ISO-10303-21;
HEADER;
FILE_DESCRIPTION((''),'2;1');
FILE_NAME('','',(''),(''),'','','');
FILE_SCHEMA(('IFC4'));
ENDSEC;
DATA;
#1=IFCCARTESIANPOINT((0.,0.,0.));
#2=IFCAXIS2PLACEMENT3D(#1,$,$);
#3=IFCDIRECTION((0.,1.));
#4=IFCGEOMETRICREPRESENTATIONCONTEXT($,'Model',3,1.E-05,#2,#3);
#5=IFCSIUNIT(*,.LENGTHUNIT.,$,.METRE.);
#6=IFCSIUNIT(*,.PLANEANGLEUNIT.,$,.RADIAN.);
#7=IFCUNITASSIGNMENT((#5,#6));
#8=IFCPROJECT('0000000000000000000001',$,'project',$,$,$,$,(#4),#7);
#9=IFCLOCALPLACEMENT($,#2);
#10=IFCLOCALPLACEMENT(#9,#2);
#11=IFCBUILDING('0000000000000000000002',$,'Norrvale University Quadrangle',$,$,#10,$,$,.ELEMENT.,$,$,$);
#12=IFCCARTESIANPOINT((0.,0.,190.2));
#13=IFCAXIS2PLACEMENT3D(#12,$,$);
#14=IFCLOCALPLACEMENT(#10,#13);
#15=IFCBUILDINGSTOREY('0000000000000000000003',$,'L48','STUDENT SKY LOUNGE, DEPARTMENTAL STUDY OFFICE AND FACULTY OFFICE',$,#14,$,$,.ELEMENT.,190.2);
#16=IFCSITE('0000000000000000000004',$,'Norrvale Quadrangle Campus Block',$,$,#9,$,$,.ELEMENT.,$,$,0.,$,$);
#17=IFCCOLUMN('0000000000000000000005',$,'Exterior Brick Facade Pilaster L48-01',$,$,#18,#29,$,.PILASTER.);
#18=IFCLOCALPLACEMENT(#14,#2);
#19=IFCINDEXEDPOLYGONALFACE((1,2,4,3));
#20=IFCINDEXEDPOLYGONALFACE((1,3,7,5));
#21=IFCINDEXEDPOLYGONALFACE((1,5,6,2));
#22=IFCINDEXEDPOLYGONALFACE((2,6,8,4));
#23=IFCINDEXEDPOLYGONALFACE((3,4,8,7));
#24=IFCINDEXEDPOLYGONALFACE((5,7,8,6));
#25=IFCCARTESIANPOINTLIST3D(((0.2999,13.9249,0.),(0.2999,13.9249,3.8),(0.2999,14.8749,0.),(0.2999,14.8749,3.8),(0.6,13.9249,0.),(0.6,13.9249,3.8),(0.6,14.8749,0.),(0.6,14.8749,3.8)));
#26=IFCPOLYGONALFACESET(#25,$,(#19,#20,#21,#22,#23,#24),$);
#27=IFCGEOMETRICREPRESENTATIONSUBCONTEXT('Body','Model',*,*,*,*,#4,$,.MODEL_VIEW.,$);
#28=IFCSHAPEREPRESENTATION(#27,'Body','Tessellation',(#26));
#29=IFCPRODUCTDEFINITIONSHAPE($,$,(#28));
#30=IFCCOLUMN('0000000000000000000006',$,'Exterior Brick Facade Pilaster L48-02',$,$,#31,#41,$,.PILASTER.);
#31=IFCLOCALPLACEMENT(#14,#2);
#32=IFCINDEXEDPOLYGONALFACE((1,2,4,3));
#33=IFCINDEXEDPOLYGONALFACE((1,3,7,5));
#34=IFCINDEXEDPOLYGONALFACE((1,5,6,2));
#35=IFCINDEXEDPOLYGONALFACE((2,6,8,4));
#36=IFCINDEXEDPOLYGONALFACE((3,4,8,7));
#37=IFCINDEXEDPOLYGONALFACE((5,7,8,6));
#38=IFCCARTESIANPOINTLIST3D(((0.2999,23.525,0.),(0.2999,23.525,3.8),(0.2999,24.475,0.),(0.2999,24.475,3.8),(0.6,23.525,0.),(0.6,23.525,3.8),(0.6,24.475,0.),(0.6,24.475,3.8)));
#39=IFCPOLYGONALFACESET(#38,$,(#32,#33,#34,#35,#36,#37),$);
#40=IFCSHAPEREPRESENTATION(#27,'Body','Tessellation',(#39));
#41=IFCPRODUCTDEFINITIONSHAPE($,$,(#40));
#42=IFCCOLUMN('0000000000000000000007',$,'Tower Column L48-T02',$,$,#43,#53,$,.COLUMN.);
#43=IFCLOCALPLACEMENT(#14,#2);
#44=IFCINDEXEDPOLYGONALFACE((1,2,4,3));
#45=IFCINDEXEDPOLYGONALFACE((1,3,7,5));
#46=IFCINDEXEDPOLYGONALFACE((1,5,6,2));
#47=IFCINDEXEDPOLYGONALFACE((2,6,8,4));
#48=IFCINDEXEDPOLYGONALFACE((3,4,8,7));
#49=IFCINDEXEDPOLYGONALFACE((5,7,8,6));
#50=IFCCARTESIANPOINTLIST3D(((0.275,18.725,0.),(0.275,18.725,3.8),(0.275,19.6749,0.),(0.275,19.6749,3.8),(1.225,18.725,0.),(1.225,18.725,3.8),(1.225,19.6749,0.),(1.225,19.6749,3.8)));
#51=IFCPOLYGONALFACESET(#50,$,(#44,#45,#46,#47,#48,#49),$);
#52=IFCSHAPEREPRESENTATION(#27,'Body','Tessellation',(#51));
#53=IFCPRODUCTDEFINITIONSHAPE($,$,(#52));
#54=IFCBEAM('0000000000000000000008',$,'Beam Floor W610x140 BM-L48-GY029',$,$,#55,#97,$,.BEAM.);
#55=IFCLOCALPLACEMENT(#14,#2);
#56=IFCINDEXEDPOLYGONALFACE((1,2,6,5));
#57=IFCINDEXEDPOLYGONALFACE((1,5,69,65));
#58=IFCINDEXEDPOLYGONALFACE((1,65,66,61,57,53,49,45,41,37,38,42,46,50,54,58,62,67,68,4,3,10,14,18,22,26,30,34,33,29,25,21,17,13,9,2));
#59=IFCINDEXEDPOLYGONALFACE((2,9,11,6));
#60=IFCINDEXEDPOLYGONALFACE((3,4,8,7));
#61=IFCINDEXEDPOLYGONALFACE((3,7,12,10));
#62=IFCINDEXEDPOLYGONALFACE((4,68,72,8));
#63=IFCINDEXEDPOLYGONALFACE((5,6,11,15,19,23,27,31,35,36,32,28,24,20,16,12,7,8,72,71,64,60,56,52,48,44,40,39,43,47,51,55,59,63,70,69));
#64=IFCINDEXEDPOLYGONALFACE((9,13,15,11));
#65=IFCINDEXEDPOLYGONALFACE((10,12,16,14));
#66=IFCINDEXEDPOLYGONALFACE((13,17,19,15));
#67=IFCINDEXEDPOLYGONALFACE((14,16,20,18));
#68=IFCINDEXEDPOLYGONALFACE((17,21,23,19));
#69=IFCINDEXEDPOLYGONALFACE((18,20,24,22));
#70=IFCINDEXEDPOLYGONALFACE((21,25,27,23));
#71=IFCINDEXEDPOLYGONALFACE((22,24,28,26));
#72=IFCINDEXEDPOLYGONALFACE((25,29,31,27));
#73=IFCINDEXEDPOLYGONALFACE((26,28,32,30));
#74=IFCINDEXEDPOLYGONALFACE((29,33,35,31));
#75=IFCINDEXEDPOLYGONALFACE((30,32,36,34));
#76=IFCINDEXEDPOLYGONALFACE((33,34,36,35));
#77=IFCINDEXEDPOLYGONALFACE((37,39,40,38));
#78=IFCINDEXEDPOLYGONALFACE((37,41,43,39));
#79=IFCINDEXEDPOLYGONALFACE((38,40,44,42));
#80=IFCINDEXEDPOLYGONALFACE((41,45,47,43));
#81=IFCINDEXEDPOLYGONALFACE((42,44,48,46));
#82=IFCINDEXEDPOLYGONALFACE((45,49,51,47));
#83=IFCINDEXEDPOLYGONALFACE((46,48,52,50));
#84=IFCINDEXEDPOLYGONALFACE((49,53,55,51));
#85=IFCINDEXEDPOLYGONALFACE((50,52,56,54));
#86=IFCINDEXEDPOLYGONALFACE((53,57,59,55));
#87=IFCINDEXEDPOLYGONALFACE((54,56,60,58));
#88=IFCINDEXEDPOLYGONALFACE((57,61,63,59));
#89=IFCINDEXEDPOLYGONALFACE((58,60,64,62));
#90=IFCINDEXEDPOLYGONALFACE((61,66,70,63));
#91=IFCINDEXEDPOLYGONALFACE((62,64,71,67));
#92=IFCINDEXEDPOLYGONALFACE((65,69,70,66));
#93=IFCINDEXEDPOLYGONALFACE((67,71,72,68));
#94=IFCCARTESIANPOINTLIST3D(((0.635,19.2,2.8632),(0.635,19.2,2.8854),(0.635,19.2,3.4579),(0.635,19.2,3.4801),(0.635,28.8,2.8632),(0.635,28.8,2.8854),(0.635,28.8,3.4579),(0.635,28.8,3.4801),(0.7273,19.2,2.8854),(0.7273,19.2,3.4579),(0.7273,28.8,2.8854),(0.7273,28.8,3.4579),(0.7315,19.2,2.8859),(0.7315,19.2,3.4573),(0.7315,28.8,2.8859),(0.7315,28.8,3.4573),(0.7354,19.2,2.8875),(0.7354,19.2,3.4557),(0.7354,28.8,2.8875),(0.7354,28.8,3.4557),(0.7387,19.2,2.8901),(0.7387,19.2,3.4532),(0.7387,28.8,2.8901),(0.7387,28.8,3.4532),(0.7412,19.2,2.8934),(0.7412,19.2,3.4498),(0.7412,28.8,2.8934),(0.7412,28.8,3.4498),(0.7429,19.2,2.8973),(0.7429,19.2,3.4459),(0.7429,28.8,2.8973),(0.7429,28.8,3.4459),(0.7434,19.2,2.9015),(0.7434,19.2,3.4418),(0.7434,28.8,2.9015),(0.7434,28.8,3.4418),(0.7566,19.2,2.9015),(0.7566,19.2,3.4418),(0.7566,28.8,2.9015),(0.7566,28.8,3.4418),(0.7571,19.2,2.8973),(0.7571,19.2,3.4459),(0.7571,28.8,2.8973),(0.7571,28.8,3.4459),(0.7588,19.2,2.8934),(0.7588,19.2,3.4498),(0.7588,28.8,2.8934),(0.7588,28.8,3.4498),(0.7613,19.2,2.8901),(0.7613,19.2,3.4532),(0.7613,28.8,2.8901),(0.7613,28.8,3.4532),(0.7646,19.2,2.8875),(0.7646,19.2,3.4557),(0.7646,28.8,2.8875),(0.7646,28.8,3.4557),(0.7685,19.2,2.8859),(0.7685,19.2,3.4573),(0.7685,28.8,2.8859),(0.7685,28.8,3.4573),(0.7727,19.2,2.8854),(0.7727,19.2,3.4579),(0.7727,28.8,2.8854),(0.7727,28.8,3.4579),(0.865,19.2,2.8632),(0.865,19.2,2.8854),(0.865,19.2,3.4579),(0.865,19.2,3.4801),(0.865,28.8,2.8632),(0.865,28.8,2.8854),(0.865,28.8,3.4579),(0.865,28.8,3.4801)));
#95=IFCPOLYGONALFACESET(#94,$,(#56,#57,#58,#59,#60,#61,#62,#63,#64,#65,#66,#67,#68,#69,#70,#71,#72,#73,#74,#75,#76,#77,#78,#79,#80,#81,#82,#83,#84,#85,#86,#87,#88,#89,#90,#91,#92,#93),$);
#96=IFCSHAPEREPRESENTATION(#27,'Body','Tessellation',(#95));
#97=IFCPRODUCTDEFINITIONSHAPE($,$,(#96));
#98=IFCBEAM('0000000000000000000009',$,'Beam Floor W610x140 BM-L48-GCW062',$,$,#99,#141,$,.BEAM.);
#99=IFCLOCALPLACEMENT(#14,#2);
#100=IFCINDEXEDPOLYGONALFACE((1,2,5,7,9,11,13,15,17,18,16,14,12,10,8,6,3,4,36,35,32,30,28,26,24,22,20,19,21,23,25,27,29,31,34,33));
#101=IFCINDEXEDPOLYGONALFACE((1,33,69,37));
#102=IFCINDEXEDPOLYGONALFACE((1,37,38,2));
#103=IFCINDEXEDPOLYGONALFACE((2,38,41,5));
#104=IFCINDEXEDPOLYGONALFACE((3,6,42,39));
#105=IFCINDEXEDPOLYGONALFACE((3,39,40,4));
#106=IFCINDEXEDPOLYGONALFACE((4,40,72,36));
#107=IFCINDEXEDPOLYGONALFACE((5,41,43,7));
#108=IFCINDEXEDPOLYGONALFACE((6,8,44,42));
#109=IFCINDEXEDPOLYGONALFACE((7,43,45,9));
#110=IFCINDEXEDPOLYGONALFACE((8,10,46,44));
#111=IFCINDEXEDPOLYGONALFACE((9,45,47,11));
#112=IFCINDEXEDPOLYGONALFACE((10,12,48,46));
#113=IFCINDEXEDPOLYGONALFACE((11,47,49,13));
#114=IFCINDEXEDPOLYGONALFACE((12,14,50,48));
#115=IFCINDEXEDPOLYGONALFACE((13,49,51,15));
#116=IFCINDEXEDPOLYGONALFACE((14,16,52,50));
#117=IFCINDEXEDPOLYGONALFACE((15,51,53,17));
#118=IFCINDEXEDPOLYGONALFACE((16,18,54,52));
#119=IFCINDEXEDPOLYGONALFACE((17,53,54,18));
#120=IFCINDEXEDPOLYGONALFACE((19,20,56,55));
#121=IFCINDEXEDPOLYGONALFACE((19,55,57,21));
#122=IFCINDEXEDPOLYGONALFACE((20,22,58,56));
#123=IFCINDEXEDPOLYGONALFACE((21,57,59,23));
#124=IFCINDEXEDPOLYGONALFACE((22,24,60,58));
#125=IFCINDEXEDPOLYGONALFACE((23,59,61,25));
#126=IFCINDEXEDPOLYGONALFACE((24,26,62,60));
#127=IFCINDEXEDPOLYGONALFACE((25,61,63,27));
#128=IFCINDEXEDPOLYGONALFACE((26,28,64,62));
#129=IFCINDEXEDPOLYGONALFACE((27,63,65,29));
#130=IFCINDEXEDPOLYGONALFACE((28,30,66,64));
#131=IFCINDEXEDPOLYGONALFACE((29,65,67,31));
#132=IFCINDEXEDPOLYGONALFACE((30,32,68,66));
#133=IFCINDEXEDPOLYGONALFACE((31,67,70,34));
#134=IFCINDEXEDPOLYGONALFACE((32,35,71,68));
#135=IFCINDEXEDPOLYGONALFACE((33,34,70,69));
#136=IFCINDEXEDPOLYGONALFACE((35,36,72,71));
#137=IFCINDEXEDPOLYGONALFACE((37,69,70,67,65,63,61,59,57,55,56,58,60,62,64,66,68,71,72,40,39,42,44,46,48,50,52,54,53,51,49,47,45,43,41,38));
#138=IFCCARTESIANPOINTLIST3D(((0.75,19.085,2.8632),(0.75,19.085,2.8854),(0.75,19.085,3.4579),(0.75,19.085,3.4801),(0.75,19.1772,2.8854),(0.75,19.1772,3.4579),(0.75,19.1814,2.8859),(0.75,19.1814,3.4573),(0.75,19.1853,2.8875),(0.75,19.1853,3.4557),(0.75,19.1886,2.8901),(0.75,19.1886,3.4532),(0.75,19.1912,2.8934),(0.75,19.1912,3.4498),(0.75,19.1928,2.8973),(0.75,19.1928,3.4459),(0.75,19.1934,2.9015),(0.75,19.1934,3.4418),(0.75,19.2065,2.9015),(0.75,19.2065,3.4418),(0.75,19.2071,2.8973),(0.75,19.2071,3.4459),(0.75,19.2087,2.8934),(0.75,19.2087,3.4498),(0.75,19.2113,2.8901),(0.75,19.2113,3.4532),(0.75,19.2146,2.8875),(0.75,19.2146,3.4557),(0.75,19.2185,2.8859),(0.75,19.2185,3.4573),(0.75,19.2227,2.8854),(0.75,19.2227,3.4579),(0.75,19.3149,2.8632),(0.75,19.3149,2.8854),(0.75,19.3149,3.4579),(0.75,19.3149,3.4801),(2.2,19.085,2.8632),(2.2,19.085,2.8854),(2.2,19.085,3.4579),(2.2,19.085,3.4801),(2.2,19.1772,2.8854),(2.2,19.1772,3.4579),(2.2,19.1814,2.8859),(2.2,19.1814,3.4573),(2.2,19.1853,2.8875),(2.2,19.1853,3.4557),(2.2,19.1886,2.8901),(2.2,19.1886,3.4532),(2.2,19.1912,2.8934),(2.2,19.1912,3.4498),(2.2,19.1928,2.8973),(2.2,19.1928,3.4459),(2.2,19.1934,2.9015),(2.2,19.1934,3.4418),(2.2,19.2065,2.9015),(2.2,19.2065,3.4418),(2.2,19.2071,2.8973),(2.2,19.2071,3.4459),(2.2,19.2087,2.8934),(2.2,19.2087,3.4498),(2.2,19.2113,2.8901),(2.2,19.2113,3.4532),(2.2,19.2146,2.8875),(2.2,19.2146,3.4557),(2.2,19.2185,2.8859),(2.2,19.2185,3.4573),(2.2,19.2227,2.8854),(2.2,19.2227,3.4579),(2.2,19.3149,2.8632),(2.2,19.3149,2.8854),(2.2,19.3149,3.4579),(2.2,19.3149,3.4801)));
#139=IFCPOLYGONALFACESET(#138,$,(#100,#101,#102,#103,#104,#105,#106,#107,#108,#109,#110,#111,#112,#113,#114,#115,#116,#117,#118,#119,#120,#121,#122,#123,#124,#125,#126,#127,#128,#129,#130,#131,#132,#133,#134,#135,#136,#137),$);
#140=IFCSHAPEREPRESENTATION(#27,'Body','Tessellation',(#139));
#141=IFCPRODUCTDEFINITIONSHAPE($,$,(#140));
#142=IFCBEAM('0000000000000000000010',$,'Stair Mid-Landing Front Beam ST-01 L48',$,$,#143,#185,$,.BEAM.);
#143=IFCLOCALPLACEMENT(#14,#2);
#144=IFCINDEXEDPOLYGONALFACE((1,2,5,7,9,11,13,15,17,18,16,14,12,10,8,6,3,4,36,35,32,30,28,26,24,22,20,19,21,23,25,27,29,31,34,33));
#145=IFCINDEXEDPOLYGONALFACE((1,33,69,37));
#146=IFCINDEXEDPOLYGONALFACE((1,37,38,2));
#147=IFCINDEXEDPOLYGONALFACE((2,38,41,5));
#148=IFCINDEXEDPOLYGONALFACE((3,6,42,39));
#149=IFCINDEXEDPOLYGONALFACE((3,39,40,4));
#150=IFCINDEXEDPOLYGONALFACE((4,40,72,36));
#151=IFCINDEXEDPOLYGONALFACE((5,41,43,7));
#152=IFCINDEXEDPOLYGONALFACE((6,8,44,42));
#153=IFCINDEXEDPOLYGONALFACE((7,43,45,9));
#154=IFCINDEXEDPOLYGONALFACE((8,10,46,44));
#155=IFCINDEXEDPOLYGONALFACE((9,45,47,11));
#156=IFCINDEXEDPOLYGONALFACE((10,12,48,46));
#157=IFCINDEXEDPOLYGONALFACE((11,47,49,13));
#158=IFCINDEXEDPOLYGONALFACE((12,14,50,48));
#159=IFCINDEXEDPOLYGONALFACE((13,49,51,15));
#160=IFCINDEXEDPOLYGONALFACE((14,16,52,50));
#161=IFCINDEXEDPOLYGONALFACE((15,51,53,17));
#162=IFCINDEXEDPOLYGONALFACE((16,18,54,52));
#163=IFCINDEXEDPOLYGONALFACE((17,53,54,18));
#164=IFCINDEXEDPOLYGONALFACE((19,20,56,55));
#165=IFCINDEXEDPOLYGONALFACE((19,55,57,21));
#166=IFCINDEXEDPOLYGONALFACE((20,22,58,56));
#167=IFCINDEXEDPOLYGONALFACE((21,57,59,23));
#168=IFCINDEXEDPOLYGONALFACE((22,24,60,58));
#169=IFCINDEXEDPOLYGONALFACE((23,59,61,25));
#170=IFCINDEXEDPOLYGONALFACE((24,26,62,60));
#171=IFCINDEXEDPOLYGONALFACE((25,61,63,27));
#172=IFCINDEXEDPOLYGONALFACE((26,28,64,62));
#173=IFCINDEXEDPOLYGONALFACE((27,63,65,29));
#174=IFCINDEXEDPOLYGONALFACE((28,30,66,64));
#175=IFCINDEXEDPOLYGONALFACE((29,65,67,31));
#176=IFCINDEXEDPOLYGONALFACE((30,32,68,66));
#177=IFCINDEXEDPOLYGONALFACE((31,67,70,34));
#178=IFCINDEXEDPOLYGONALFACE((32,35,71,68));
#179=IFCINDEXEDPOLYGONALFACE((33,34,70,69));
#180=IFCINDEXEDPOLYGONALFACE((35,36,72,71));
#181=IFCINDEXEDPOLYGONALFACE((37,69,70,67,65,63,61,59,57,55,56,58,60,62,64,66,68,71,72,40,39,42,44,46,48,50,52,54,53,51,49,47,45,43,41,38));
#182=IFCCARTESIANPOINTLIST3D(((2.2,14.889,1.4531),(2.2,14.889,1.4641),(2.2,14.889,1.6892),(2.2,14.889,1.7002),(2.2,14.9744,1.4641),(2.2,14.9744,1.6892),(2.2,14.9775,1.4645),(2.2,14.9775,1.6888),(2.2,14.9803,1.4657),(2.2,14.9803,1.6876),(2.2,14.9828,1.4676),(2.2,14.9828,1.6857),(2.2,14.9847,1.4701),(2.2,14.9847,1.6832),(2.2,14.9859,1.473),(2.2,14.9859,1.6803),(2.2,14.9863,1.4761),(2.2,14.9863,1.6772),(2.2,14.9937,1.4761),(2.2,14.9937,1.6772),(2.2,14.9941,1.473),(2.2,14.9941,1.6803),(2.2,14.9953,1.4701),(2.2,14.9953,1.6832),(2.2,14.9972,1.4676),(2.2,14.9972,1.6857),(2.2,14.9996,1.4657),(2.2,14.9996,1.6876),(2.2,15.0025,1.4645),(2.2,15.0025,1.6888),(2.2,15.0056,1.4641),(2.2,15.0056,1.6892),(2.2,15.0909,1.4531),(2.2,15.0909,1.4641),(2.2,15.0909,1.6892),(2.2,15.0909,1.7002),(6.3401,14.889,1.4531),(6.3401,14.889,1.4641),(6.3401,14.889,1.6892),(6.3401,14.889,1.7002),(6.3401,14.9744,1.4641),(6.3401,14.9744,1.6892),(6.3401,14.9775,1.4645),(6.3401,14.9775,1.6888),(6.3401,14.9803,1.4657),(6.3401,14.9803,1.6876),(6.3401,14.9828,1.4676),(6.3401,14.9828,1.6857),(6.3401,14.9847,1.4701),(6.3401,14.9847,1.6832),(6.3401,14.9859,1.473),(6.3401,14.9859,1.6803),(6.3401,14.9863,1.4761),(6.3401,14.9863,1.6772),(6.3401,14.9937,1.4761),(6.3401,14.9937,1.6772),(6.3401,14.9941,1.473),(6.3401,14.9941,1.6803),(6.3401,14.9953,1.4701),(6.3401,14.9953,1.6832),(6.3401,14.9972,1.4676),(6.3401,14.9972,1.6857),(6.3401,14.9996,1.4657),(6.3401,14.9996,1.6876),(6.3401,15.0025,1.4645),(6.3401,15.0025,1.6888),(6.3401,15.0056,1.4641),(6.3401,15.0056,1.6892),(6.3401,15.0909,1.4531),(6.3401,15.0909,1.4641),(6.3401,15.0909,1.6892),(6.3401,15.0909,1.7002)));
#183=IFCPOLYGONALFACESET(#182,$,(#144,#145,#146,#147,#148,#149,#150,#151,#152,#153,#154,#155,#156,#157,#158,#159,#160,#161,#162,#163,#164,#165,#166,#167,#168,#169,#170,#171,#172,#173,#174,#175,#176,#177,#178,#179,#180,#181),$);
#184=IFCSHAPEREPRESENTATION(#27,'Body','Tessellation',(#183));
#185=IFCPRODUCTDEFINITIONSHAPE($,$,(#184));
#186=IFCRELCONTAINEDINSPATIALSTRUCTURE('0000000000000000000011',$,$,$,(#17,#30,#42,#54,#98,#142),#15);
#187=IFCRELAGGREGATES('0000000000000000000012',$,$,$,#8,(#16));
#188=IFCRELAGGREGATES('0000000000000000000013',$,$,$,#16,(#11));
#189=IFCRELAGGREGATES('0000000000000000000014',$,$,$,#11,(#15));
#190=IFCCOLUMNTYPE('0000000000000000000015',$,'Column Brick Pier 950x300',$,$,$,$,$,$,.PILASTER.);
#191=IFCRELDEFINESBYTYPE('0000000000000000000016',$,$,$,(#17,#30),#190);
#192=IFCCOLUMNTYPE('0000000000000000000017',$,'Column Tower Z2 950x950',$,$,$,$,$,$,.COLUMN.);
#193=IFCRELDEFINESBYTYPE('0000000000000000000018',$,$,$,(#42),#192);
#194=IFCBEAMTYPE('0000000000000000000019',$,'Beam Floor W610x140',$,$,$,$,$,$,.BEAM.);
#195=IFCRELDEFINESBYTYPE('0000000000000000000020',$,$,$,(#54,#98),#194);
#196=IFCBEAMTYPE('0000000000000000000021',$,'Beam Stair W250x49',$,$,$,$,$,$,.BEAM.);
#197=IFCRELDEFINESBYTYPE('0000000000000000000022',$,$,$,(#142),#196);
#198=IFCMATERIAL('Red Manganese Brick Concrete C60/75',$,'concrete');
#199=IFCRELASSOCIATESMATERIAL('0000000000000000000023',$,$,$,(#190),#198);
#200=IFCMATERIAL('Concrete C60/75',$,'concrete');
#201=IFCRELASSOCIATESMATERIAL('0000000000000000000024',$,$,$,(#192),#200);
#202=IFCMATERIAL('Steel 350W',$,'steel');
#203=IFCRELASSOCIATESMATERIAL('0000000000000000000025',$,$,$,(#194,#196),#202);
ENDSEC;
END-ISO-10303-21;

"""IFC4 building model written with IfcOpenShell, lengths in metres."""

from ifc_helpers import new_model, si_unit, direction, frame, origin, origin_2d, place, context, subcontext, project, spatial, rectangle, i_section, extrude, material, material_profile, profile_set, type_object, element, save


model = new_model("IFC4")

# Units and contexts
model_context = context("Model", 3, precision=1e-05, world=origin(), true_north=direction((0.0, 1.0)))
body_context = subcontext(model_context, "Body", "Model", "MODEL_VIEW")
ifc_project = project(units=[si_unit("LENGTHUNIT", "METRE"), si_unit("PLANEANGLEUNIT", "RADIAN")], contexts=[model_context])

# Site, building, storey
site_placement = place(None, origin())
site = spatial("IfcSite", under=ifc_project, at=site_placement, Name="Norrvale Quadrangle Campus Block", CompositionType="ELEMENT", RefElevation=0.0)
building_placement = place(site_placement, origin())
building = spatial("IfcBuilding", under=site, at=building_placement, Name="Norrvale University Quadrangle", CompositionType="ELEMENT")
storey_placement = place(building_placement, frame((0.0, 0.0, 190.2)))
storey = spatial("IfcBuildingStorey", under=building, at=storey_placement, Name="L48", Description="STUDENT SKY LOUNGE, DEPARTMENTAL STUDY OFFICE AND FACULTY OFFICE", CompositionType="ELEMENT", Elevation=190.2)

# Columns
ifc_material_1 = material(Name="Red Manganese Brick Concrete C60/75", Category="concrete")
ifc_material_profile_1 = material_profile(ifc_material_1, rectangle(XDim=0.95, YDim=0.3, at=origin_2d()), Name="Red Manganese Brick Concrete C60/75")
ifc_profile_set_1 = profile_set([ifc_material_profile_1], Name="Red Manganese Brick Concrete C60/75")
column_type_1 = type_object("IfcColumnType", Name="Column Brick Pier 950x300", PredefinedType="PILASTER", material=ifc_profile_set_1)
for number, where, z_axis, x_axis, name in (
    (1, (0.45, 14.3999, 0.0), (0.0, 0.0, 1.0), (0.0, 1.0, 0.0), "Exterior Brick Facade Pilaster L48-01"),
    (2, (0.45, 24.0, 0.0), (0.0, 0.0, 1.0), (0.0, 1.0, 0.0), "Exterior Brick Facade Pilaster L48-02"),
):
    element("IfcColumn", number, at=place(storey_placement, frame(where, z_axis=z_axis, x_axis=x_axis)), inside=storey, type_object=column_type_1, Name=name, PredefinedType="PILASTER", context=body_context, shape_type="SweptSolid", body=[
        extrude(rectangle(XDim=0.95, YDim=0.3, at=origin_2d()), origin(), (0.0, 0.0, 1.0), 3.8),
    ])
ifc_material_2 = material(Name="Concrete C60/75", Category="concrete")
ifc_material_profile_2 = material_profile(ifc_material_2, rectangle(XDim=0.95, YDim=0.95, at=origin_2d()), Name="Concrete C60/75")
ifc_profile_set_2 = profile_set([ifc_material_profile_2], Name="Concrete C60/75")
column_type_2 = type_object("IfcColumnType", Name="Column Tower Z2 950x950", PredefinedType="COLUMN", material=ifc_profile_set_2)
column_placement = place(storey_placement, frame((0.75, 19.2, 0.0), z_axis=(0.0, 0.0, 1.0), x_axis=(1.0, 0.0, 0.0)))
element("IfcColumn", 3, at=column_placement, inside=storey, type_object=column_type_2, Name="Tower Column L48-T02", PredefinedType="COLUMN", context=body_context, shape_type="SweptSolid", body=[
    extrude(rectangle(XDim=0.95, YDim=0.95, at=origin_2d()), origin(), (0.0, 0.0, 1.0), 3.8),
])

# Beams
ifc_material_3 = material(Name="Steel 350W", Category="steel")
ifc_material_profile_3 = material_profile(ifc_material_3, i_section(OverallWidth=0.23, OverallDepth=0.6169, WebThickness=0.0132, FlangeThickness=0.0222, FilletRadius=0.0161, at=origin_2d()), Name="Steel 350W")
ifc_profile_set_3 = profile_set([ifc_material_profile_3], Name="Steel 350W")
beam_type_1 = type_object("IfcBeamType", Name="Beam Floor W610x140", PredefinedType="BEAM", material=ifc_profile_set_3)
beam_1_placement = place(storey_placement, frame((0.75, 19.2, 3.1716), z_axis=(0.0, 1.0, 0.0), x_axis=(-1.0, 0.0, 0.0)))
element("IfcBeam", 4, at=beam_1_placement, inside=storey, type_object=beam_type_1, Name="Beam Floor W610x140 BM-L48-GY029", PredefinedType="BEAM", context=body_context, shape_type="SweptSolid", body=[
    extrude(i_section(OverallWidth=0.23, OverallDepth=0.6169, WebThickness=0.0132, FlangeThickness=0.0222, FilletRadius=0.0161, at=origin_2d()), origin(), (0.0, 0.0, 1.0), 9.6001),
])
beam_2_placement = place(storey_placement, frame((0.75, 19.2, 3.1716), z_axis=(1.0, 0.0, 0.0), x_axis=(0.0, 1.0, 0.0)))
element("IfcBeam", 5, at=beam_2_placement, inside=storey, type_object=beam_type_1, Name="Beam Floor W610x140 BM-L48-GCW062", PredefinedType="BEAM", context=body_context, shape_type="SweptSolid", body=[
    extrude(i_section(OverallWidth=0.23, OverallDepth=0.6169, WebThickness=0.0132, FlangeThickness=0.0222, FilletRadius=0.0161, at=origin_2d()), origin(), (0.0, 0.0, 1.0), 1.45),
])
ifc_material_profile_4 = material_profile(ifc_material_3, i_section(OverallWidth=0.2019, OverallDepth=0.2471, WebThickness=0.0073, FlangeThickness=0.011, FilletRadius=0.012, at=origin_2d()), Name="Steel 350W")
ifc_profile_set_4 = profile_set([ifc_material_profile_4], Name="Steel 350W")
beam_type_2 = type_object("IfcBeamType", Name="Beam Stair W250x49", PredefinedType="BEAM", material=ifc_profile_set_4)
for number, where, z_axis, x_axis, name in (
    (6, (2.2, 14.99, 1.5767), (1.0, 0.0, 0.0), (0.0, 1.0, 0.0), "Stair Mid-Landing Front Beam ST-01 L48"),
):
    element("IfcBeam", number, at=place(storey_placement, frame(where, z_axis=z_axis, x_axis=x_axis)), inside=storey, type_object=beam_type_2, Name=name, PredefinedType="BEAM", context=body_context, shape_type="SweptSolid", body=[
        extrude(i_section(OverallWidth=0.2019, OverallDepth=0.2471, WebThickness=0.0073, FlangeThickness=0.011, FilletRadius=0.012, at=origin_2d()), origin(), (0.0, 0.0, 1.0), 4.1401),
    ])

save(model, "model.ifc")
